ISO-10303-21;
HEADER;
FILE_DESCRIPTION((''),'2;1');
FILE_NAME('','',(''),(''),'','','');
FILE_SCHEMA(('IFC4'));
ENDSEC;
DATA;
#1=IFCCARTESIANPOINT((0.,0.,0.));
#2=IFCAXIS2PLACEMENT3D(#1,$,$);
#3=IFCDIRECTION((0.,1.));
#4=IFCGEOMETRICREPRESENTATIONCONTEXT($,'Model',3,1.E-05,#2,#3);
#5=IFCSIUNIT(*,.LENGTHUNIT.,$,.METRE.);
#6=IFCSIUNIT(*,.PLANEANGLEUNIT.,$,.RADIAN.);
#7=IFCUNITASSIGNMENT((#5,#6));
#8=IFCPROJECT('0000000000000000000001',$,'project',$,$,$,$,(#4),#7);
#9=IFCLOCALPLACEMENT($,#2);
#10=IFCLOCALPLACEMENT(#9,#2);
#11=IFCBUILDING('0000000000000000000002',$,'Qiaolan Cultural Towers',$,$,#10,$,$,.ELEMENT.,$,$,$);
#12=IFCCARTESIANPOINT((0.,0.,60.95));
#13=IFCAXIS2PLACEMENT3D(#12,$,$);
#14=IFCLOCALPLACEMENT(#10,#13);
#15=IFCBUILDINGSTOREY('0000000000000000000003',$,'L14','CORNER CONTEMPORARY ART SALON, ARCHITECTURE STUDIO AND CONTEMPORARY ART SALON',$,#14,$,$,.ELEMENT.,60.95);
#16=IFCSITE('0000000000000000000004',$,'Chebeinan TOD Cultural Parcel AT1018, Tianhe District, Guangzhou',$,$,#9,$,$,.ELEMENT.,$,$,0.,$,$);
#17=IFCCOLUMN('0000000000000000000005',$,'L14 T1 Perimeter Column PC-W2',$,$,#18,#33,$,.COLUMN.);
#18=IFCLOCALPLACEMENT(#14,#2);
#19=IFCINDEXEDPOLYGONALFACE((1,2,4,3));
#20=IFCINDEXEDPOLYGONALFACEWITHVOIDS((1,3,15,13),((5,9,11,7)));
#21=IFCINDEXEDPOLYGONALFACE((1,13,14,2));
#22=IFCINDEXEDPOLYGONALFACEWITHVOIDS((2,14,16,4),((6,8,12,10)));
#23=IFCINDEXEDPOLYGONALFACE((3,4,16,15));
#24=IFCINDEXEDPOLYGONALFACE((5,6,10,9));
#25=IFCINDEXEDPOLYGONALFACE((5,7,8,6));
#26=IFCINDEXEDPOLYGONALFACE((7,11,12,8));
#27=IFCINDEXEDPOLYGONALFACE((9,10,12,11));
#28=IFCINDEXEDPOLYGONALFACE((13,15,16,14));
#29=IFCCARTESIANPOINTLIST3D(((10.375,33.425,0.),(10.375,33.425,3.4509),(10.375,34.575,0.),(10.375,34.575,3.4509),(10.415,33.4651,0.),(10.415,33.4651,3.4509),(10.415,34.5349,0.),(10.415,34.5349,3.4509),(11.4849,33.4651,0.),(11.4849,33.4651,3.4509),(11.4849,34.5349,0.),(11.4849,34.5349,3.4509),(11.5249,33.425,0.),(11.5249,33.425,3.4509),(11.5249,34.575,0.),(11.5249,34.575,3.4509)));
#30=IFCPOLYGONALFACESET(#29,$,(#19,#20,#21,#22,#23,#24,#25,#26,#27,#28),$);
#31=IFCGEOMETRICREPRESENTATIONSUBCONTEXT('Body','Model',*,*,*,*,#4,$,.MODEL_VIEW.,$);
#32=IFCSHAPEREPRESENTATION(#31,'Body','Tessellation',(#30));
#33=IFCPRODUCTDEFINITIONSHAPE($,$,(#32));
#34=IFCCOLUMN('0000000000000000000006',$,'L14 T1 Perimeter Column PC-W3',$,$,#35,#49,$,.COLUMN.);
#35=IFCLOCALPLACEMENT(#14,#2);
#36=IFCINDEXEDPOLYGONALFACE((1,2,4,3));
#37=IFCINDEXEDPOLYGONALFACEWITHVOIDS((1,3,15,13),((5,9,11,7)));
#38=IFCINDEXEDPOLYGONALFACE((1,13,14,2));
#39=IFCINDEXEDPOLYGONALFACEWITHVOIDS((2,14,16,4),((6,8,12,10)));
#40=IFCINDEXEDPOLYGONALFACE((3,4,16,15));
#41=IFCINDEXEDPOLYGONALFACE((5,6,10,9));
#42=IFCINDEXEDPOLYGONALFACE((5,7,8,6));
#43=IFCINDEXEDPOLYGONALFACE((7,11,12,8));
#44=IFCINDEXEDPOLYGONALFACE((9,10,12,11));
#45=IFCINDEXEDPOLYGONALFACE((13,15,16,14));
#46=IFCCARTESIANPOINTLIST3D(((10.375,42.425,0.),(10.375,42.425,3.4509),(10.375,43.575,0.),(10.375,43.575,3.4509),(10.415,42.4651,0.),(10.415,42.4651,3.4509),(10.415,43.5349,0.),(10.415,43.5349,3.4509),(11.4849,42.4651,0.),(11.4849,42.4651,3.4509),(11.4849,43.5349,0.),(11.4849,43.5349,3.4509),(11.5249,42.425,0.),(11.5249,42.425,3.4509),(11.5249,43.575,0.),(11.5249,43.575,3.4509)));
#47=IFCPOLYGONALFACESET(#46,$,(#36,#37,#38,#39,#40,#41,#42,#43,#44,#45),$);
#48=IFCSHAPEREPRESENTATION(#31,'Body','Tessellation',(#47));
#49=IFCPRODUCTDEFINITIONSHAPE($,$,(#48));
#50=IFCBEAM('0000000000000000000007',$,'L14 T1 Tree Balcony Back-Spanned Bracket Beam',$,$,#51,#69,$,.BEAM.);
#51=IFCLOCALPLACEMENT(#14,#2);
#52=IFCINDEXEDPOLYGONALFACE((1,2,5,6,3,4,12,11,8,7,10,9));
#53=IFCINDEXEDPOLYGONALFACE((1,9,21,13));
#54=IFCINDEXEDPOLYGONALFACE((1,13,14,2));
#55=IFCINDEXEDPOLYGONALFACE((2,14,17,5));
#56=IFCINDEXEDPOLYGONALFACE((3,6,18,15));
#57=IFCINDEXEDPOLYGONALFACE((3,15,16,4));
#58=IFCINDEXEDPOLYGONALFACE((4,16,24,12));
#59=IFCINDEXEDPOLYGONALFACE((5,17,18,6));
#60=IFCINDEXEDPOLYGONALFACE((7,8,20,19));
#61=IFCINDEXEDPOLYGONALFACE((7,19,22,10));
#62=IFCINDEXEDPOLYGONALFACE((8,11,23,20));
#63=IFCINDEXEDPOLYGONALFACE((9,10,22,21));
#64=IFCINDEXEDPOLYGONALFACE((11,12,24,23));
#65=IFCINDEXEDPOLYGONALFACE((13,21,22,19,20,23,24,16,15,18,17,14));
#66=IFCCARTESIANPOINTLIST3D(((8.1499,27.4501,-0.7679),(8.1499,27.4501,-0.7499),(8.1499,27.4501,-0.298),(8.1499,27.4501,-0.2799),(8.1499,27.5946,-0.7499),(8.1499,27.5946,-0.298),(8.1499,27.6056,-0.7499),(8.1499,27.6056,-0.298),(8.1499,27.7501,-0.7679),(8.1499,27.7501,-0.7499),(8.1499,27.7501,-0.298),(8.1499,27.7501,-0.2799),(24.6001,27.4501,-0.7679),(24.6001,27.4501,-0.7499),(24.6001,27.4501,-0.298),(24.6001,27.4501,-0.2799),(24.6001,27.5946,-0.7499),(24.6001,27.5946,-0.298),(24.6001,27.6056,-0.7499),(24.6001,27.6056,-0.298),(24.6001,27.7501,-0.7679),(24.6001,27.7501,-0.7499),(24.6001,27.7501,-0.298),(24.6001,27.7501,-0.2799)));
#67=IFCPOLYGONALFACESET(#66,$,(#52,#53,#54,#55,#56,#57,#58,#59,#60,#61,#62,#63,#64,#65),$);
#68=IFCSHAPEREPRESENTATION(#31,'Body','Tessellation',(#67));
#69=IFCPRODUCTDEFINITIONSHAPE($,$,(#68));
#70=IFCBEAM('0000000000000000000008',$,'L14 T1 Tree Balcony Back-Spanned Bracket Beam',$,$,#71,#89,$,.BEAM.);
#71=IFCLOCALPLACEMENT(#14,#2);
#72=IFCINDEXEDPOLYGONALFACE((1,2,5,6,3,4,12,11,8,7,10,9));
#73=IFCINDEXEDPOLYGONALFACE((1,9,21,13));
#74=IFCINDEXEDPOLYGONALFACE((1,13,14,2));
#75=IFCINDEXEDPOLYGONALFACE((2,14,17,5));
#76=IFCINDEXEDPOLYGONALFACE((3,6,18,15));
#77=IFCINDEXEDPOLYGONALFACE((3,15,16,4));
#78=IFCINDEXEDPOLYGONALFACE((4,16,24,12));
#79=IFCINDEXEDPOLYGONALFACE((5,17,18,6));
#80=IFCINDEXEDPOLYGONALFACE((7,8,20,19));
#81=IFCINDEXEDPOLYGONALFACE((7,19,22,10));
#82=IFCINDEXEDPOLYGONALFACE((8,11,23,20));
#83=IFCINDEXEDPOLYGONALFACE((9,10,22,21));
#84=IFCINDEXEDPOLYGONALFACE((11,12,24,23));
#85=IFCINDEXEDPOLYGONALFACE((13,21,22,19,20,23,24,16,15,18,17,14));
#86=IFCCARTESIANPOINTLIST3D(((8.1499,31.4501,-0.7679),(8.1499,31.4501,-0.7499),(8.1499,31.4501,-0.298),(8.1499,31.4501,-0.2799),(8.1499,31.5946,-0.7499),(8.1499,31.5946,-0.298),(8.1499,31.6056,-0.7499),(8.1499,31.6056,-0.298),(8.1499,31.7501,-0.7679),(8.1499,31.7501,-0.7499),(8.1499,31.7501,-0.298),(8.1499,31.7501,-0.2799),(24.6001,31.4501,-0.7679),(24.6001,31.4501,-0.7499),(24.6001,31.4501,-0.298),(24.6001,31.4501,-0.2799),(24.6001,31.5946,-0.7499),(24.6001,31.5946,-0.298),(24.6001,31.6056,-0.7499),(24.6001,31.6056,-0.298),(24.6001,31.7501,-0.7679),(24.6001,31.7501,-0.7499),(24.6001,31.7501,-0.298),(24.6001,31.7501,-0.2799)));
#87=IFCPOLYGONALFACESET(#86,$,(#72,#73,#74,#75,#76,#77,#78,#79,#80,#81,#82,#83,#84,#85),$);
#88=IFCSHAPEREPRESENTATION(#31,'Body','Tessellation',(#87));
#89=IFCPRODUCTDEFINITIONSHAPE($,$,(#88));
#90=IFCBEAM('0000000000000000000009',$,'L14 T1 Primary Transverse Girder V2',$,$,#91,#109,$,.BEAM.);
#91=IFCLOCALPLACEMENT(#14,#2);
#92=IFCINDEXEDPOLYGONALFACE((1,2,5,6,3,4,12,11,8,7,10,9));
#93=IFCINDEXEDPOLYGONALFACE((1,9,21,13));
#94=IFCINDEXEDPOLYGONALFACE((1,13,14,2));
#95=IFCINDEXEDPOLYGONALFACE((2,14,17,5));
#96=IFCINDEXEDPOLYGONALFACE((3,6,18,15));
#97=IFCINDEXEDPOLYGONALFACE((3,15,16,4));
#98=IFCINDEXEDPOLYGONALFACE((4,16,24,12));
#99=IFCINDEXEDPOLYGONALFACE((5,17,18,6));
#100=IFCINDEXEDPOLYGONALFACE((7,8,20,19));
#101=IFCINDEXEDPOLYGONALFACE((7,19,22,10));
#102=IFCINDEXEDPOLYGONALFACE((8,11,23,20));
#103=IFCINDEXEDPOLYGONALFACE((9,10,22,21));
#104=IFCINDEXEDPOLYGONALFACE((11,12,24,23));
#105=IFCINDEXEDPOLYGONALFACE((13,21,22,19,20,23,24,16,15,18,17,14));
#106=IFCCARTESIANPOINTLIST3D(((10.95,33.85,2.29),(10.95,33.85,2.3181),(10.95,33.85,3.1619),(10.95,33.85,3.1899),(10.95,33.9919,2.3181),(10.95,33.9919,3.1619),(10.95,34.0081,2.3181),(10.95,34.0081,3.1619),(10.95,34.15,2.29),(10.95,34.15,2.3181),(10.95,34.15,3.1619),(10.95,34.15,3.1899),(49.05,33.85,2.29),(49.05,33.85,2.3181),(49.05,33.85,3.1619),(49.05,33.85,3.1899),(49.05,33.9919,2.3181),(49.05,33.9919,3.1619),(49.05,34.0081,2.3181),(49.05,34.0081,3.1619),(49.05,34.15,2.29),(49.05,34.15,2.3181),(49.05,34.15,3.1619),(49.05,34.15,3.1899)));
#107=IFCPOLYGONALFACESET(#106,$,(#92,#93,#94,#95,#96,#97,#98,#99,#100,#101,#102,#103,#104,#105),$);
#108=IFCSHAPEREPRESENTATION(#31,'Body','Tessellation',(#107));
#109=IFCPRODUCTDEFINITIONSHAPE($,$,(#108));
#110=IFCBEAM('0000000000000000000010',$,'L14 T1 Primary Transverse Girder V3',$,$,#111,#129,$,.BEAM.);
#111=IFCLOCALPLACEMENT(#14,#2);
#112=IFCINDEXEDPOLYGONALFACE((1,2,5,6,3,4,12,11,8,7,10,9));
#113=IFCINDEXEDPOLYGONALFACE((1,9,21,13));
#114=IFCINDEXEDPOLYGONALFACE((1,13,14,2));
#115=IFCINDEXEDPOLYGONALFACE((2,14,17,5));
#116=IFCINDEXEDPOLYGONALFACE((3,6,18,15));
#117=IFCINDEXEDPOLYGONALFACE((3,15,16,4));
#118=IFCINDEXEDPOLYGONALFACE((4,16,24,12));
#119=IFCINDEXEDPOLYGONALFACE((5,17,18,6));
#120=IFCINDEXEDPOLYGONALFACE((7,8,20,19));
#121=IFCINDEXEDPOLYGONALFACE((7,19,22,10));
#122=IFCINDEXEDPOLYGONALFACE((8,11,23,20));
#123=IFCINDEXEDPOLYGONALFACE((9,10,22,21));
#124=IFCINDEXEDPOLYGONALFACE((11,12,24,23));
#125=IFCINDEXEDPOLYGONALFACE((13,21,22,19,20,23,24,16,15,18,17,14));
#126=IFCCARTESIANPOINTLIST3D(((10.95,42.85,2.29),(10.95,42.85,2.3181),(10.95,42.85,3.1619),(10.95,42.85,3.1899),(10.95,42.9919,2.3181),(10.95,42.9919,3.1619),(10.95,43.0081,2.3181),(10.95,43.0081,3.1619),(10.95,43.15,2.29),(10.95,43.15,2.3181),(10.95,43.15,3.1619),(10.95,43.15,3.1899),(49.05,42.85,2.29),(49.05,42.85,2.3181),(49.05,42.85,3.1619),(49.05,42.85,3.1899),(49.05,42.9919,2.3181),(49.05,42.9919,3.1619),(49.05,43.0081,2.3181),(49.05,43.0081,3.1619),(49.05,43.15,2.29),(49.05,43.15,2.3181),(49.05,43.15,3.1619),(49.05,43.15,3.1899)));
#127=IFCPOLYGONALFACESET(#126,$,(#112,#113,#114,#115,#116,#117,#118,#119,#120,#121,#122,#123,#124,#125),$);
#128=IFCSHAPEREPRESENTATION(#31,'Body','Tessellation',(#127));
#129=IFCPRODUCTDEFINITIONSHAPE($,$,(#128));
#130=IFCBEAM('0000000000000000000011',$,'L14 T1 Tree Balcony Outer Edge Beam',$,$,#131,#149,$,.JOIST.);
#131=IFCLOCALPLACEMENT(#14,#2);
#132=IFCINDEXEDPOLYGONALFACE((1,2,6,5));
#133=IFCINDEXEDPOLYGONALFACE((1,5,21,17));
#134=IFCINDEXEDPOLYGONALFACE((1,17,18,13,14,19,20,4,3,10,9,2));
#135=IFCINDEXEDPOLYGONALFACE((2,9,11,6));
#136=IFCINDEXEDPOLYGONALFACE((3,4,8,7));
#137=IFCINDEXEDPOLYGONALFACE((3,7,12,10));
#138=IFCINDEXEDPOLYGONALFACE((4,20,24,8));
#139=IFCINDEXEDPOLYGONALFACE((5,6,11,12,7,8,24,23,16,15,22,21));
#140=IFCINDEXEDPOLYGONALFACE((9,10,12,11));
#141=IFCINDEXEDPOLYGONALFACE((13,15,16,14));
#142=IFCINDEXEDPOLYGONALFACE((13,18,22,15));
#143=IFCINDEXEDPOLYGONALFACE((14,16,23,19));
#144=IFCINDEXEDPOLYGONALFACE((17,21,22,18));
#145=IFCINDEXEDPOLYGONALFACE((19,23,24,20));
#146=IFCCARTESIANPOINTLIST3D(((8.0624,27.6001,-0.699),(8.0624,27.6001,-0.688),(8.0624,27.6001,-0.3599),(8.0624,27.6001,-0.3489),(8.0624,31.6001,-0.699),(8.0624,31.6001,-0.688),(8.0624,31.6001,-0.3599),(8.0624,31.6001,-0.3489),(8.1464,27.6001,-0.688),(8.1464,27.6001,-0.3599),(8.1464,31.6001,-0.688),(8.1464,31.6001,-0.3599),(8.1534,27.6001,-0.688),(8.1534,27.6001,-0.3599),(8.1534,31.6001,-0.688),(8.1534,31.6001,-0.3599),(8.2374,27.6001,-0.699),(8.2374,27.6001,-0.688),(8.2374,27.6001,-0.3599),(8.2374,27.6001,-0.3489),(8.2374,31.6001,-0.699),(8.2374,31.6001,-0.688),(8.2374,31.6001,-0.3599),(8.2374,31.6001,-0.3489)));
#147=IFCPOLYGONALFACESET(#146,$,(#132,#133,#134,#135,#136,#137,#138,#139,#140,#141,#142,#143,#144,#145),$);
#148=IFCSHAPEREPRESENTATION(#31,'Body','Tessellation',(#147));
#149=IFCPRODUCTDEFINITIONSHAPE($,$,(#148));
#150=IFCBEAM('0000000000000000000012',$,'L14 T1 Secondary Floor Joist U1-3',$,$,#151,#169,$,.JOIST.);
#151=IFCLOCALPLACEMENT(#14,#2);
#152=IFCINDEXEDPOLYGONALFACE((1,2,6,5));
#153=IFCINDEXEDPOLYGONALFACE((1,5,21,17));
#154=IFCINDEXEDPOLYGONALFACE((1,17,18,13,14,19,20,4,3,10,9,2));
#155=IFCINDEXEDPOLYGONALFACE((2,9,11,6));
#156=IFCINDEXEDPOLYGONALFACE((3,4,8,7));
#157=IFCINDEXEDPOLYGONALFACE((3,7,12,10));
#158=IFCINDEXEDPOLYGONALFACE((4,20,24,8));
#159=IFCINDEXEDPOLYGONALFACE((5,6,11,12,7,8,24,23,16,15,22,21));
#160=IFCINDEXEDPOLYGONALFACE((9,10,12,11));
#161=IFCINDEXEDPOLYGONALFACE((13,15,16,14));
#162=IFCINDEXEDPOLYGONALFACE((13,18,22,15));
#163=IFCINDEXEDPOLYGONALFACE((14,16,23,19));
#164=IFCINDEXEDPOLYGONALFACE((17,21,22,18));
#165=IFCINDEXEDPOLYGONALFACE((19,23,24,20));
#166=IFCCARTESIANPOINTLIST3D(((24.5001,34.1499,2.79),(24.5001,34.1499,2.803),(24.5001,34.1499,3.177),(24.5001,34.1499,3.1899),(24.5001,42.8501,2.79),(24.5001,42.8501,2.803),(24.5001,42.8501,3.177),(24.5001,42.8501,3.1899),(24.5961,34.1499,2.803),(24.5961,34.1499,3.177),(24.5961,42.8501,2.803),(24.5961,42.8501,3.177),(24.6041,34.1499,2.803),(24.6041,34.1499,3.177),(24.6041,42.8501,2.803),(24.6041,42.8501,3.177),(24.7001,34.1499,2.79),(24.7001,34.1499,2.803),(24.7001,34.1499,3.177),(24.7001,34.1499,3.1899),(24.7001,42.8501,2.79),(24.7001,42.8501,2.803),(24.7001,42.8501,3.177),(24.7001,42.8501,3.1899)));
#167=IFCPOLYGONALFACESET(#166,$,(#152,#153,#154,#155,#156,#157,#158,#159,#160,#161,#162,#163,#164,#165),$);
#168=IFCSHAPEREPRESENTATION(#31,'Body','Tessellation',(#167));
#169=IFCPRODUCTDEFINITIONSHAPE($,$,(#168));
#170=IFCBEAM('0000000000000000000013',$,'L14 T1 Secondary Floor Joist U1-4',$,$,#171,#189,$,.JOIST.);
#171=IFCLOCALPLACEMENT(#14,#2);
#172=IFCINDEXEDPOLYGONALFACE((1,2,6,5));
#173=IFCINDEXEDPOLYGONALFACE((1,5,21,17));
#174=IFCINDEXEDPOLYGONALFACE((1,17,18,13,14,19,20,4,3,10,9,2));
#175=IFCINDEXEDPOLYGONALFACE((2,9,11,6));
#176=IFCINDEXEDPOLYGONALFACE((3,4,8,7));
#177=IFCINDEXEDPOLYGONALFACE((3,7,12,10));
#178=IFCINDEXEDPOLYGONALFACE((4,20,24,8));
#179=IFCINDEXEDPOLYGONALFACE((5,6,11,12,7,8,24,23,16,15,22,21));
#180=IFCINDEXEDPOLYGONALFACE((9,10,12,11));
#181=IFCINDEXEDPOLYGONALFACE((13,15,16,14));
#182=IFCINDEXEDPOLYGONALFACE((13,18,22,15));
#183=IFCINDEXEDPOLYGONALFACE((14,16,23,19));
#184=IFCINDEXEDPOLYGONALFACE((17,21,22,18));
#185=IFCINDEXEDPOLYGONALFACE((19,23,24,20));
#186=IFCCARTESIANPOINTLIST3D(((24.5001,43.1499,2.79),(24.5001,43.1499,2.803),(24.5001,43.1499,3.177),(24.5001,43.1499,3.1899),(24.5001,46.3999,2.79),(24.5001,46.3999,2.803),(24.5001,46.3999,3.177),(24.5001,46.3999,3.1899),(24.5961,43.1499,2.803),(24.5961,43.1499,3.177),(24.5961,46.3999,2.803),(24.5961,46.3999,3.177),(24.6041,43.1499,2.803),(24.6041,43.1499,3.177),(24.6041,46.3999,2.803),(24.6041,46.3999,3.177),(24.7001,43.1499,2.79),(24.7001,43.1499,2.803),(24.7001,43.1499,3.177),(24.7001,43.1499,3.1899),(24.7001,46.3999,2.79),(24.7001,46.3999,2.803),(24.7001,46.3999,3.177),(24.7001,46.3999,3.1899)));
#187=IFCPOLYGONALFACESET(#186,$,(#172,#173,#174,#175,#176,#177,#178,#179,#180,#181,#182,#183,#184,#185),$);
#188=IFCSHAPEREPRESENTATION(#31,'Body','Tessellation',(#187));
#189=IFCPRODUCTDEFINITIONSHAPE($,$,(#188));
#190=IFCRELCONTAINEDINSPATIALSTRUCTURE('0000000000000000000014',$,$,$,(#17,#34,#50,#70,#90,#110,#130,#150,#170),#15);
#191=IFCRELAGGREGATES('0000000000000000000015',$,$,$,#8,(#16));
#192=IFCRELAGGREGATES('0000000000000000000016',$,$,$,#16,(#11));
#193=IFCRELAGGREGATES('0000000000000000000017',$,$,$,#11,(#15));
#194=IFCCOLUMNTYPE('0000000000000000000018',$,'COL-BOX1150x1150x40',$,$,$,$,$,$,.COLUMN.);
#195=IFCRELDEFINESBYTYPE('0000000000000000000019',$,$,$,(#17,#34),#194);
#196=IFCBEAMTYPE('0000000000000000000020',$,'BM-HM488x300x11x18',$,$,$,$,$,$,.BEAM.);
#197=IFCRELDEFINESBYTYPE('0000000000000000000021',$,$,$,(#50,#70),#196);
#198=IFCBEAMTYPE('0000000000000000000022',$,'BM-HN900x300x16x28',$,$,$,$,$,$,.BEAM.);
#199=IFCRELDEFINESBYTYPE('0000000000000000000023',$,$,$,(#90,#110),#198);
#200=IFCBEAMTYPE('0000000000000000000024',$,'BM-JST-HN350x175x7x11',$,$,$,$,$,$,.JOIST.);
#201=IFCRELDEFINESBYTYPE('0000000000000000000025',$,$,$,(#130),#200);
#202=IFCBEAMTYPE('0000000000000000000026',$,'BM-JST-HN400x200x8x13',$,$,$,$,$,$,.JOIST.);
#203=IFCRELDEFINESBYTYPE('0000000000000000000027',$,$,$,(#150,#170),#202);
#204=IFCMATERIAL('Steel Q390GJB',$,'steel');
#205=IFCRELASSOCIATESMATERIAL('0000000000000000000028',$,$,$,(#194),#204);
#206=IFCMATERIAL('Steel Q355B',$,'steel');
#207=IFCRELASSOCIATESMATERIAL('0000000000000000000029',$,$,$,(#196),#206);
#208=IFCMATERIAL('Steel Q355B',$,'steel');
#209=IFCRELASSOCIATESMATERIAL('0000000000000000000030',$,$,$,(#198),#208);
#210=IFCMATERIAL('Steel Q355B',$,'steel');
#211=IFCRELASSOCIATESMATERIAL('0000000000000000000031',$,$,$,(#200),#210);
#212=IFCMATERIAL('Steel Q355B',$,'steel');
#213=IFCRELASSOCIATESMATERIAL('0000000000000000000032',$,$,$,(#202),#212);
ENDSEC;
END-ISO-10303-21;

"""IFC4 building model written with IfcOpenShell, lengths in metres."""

from ifc_helpers import new_model, si_unit, direction, frame, origin, origin_2d, place, context, subcontext, project, spatial, hollow_rectangle, i_section, extrude, material, material_profile, profile_set, type_object, element, save


model = new_model("IFC4")

# Units and contexts
model_context = context("Model", 3, precision=1e-05, world=origin(), true_north=direction((0.0, 1.0)))
body_context = subcontext(model_context, "Body", "Model", "MODEL_VIEW")
ifc_project = project(units=[si_unit("LENGTHUNIT", "METRE"), si_unit("PLANEANGLEUNIT", "RADIAN")], contexts=[model_context])

# Site, building, storey
site_placement = place(None, origin())
site = spatial("IfcSite", under=ifc_project, at=site_placement, Name="Chebeinan TOD Cultural Parcel AT1018, Tianhe District, Guangzhou", CompositionType="ELEMENT", RefElevation=0.0)
building_placement = place(site_placement, origin())
building = spatial("IfcBuilding", under=site, at=building_placement, Name="Qiaolan Cultural Towers", CompositionType="ELEMENT")
storey_placement = place(building_placement, frame((0.0, 0.0, 60.95)))
storey = spatial("IfcBuildingStorey", under=building, at=storey_placement, Name="L14", Description="CORNER CONTEMPORARY ART SALON, ARCHITECTURE STUDIO AND CONTEMPORARY ART SALON", CompositionType="ELEMENT", Elevation=60.95)

# Columns
ifc_material_1 = material(Name="Steel Q390GJB", Category="steel")
ifc_material_profile_1 = material_profile(ifc_material_1, hollow_rectangle(XDim=1.1499, YDim=1.1499, WallThickness=0.04, at=origin_2d()), Name="BOX1150x1150x40")
ifc_profile_set_1 = profile_set([ifc_material_profile_1], Name="Steel Q390GJB")
column_type = type_object("IfcColumnType", Name="COL-BOX1150x1150x40", PredefinedType="COLUMN", material=ifc_profile_set_1)
for number, where, z_axis, x_axis, name in (
    (1, (10.95, 34.0, 0.0), (0.0, 0.0, 1.0), (1.0, 0.0, 0.0), "L14 T1 Perimeter Column PC-W2"),
    (2, (10.95, 43.0, 0.0), (0.0, 0.0, 1.0), (1.0, 0.0, 0.0), "L14 T1 Perimeter Column PC-W3"),
):
    element("IfcColumn", number, at=place(storey_placement, frame(where, z_axis=z_axis, x_axis=x_axis)), inside=storey, type_object=column_type, Name=name, PredefinedType="COLUMN", context=body_context, shape_type="SweptSolid", body=[
        extrude(hollow_rectangle(XDim=1.1499, YDim=1.1499, WallThickness=0.04, at=origin_2d()), origin(), (0.0, 0.0, 1.0), 3.4509),
    ])

# Beams
ifc_material_2 = material(Name="Steel Q355B", Category="steel")
ifc_material_profile_2 = material_profile(ifc_material_2, i_section(OverallWidth=0.3, OverallDepth=0.488, WebThickness=0.011, FlangeThickness=0.0181, at=origin_2d()), Name="HM488x300x11x18")
ifc_profile_set_2 = profile_set([ifc_material_profile_2], Name="Steel Q355B")
beam_type_1 = type_object("IfcBeamType", Name="BM-HM488x300x11x18", PredefinedType="BEAM", material=ifc_profile_set_2)
for number, where, z_axis, x_axis, name in (
    (3, (24.6001, 27.6001, -0.5239), (-1.0, 0.0, 0.0), (0.0, -1.0, 0.0), "L14 T1 Tree Balcony Back-Spanned Bracket Beam"),
    (4, (24.6001, 31.6001, -0.5239), (-1.0, 0.0, 0.0), (0.0, -1.0, 0.0), "L14 T1 Tree Balcony Back-Spanned Bracket Beam"),
):
    element("IfcBeam", number, at=place(storey_placement, frame(where, z_axis=z_axis, x_axis=x_axis)), inside=storey, type_object=beam_type_1, Name=name, PredefinedType="BEAM", context=body_context, shape_type="SweptSolid", body=[
        extrude(i_section(OverallWidth=0.3, OverallDepth=0.488, WebThickness=0.011, FlangeThickness=0.0181, at=origin_2d()), origin(), (0.0, 0.0, 1.0), 16.4502),
    ])
ifc_material_3 = material(Name="Steel Q355B", Category="steel")
ifc_material_profile_3 = material_profile(ifc_material_3, i_section(OverallWidth=0.3, OverallDepth=0.8999, WebThickness=0.0161, FlangeThickness=0.0281, at=origin_2d()), Name="HN900x300x16x28")
ifc_profile_set_3 = profile_set([ifc_material_profile_3], Name="Steel Q355B")
beam_type_2 = type_object("IfcBeamType", Name="BM-HN900x300x16x28", PredefinedType="BEAM", material=ifc_profile_set_3)
for number, where, z_axis, x_axis, name in (
    (5, (10.95, 34.0, 2.74), (1.0, 0.0, 0.0), (0.0, 1.0, 0.0), "L14 T1 Primary Transverse Girder V2"),
    (6, (10.95, 43.0, 2.74), (1.0, 0.0, 0.0), (0.0, 1.0, 0.0), "L14 T1 Primary Transverse Girder V3"),
):
    element("IfcBeam", number, at=place(storey_placement, frame(where, z_axis=z_axis, x_axis=x_axis)), inside=storey, type_object=beam_type_2, Name=name, PredefinedType="BEAM", context=body_context, shape_type="SweptSolid", body=[
        extrude(i_section(OverallWidth=0.3, OverallDepth=0.8999, WebThickness=0.0161, FlangeThickness=0.0281, at=origin_2d()), origin(), (0.0, 0.0, 1.0), 38.1001),
    ])
ifc_material_4 = material(Name="Steel Q355B", Category="steel")
ifc_material_profile_4 = material_profile(ifc_material_4, i_section(OverallWidth=0.175, OverallDepth=0.3501, WebThickness=0.0071, FlangeThickness=0.011, at=origin_2d()), Name="HN350x175x7x11")
ifc_profile_set_4 = profile_set([ifc_material_profile_4], Name="Steel Q355B")
beam_type_3 = type_object("IfcBeamType", Name="BM-JST-HN350x175x7x11", PredefinedType="JOIST", material=ifc_profile_set_4)
beam_1_placement = place(storey_placement, frame((8.1499, 27.6001, -0.5239), z_axis=(0.0, 1.0, 0.0), x_axis=(-1.0, 0.0, 0.0)))
element("IfcBeam", 7, at=beam_1_placement, inside=storey, type_object=beam_type_3, Name="L14 T1 Tree Balcony Outer Edge Beam", PredefinedType="JOIST", context=body_context, shape_type="SweptSolid", body=[
    extrude(i_section(OverallWidth=0.175, OverallDepth=0.3501, WebThickness=0.0071, FlangeThickness=0.011, at=origin_2d()), origin(), (0.0, 0.0, 1.0), 4.0),
])
ifc_material_5 = material(Name="Steel Q355B", Category="steel")
ifc_material_profile_5 = material_profile(ifc_material_5, i_section(OverallWidth=0.2, OverallDepth=0.3999, WebThickness=0.0081, FlangeThickness=0.0129, at=origin_2d()), Name="HN400x200x8x13")
ifc_profile_set_5 = profile_set([ifc_material_profile_5], Name="Steel Q355B")
beam_type_4 = type_object("IfcBeamType", Name="BM-JST-HN400x200x8x13", PredefinedType="JOIST", material=ifc_profile_set_5)
beam_2_placement = place(storey_placement, frame((24.6001, 34.1499, 2.99), z_axis=(0.0, 1.0, 0.0), x_axis=(-1.0, 0.0, 0.0)))
element("IfcBeam", 8, at=beam_2_placement, inside=storey, type_object=beam_type_4, Name="L14 T1 Secondary Floor Joist U1-3", PredefinedType="JOIST", context=body_context, shape_type="SweptSolid", body=[
    extrude(i_section(OverallWidth=0.2, OverallDepth=0.3999, WebThickness=0.0081, FlangeThickness=0.0129, at=origin_2d()), origin(), (0.0, 0.0, 1.0), 8.7002),
])
beam_3_placement = place(storey_placement, frame((24.6001, 43.1499, 2.99), z_axis=(0.0, 1.0, 0.0), x_axis=(-1.0, 0.0, 0.0)))
element("IfcBeam", 9, at=beam_3_placement, inside=storey, type_object=beam_type_4, Name="L14 T1 Secondary Floor Joist U1-4", PredefinedType="JOIST", context=body_context, shape_type="SweptSolid", body=[
    extrude(i_section(OverallWidth=0.2, OverallDepth=0.3999, WebThickness=0.0081, FlangeThickness=0.0129, at=origin_2d()), origin(), (0.0, 0.0, 1.0), 3.25),
])

save(model, "model.ifc")
